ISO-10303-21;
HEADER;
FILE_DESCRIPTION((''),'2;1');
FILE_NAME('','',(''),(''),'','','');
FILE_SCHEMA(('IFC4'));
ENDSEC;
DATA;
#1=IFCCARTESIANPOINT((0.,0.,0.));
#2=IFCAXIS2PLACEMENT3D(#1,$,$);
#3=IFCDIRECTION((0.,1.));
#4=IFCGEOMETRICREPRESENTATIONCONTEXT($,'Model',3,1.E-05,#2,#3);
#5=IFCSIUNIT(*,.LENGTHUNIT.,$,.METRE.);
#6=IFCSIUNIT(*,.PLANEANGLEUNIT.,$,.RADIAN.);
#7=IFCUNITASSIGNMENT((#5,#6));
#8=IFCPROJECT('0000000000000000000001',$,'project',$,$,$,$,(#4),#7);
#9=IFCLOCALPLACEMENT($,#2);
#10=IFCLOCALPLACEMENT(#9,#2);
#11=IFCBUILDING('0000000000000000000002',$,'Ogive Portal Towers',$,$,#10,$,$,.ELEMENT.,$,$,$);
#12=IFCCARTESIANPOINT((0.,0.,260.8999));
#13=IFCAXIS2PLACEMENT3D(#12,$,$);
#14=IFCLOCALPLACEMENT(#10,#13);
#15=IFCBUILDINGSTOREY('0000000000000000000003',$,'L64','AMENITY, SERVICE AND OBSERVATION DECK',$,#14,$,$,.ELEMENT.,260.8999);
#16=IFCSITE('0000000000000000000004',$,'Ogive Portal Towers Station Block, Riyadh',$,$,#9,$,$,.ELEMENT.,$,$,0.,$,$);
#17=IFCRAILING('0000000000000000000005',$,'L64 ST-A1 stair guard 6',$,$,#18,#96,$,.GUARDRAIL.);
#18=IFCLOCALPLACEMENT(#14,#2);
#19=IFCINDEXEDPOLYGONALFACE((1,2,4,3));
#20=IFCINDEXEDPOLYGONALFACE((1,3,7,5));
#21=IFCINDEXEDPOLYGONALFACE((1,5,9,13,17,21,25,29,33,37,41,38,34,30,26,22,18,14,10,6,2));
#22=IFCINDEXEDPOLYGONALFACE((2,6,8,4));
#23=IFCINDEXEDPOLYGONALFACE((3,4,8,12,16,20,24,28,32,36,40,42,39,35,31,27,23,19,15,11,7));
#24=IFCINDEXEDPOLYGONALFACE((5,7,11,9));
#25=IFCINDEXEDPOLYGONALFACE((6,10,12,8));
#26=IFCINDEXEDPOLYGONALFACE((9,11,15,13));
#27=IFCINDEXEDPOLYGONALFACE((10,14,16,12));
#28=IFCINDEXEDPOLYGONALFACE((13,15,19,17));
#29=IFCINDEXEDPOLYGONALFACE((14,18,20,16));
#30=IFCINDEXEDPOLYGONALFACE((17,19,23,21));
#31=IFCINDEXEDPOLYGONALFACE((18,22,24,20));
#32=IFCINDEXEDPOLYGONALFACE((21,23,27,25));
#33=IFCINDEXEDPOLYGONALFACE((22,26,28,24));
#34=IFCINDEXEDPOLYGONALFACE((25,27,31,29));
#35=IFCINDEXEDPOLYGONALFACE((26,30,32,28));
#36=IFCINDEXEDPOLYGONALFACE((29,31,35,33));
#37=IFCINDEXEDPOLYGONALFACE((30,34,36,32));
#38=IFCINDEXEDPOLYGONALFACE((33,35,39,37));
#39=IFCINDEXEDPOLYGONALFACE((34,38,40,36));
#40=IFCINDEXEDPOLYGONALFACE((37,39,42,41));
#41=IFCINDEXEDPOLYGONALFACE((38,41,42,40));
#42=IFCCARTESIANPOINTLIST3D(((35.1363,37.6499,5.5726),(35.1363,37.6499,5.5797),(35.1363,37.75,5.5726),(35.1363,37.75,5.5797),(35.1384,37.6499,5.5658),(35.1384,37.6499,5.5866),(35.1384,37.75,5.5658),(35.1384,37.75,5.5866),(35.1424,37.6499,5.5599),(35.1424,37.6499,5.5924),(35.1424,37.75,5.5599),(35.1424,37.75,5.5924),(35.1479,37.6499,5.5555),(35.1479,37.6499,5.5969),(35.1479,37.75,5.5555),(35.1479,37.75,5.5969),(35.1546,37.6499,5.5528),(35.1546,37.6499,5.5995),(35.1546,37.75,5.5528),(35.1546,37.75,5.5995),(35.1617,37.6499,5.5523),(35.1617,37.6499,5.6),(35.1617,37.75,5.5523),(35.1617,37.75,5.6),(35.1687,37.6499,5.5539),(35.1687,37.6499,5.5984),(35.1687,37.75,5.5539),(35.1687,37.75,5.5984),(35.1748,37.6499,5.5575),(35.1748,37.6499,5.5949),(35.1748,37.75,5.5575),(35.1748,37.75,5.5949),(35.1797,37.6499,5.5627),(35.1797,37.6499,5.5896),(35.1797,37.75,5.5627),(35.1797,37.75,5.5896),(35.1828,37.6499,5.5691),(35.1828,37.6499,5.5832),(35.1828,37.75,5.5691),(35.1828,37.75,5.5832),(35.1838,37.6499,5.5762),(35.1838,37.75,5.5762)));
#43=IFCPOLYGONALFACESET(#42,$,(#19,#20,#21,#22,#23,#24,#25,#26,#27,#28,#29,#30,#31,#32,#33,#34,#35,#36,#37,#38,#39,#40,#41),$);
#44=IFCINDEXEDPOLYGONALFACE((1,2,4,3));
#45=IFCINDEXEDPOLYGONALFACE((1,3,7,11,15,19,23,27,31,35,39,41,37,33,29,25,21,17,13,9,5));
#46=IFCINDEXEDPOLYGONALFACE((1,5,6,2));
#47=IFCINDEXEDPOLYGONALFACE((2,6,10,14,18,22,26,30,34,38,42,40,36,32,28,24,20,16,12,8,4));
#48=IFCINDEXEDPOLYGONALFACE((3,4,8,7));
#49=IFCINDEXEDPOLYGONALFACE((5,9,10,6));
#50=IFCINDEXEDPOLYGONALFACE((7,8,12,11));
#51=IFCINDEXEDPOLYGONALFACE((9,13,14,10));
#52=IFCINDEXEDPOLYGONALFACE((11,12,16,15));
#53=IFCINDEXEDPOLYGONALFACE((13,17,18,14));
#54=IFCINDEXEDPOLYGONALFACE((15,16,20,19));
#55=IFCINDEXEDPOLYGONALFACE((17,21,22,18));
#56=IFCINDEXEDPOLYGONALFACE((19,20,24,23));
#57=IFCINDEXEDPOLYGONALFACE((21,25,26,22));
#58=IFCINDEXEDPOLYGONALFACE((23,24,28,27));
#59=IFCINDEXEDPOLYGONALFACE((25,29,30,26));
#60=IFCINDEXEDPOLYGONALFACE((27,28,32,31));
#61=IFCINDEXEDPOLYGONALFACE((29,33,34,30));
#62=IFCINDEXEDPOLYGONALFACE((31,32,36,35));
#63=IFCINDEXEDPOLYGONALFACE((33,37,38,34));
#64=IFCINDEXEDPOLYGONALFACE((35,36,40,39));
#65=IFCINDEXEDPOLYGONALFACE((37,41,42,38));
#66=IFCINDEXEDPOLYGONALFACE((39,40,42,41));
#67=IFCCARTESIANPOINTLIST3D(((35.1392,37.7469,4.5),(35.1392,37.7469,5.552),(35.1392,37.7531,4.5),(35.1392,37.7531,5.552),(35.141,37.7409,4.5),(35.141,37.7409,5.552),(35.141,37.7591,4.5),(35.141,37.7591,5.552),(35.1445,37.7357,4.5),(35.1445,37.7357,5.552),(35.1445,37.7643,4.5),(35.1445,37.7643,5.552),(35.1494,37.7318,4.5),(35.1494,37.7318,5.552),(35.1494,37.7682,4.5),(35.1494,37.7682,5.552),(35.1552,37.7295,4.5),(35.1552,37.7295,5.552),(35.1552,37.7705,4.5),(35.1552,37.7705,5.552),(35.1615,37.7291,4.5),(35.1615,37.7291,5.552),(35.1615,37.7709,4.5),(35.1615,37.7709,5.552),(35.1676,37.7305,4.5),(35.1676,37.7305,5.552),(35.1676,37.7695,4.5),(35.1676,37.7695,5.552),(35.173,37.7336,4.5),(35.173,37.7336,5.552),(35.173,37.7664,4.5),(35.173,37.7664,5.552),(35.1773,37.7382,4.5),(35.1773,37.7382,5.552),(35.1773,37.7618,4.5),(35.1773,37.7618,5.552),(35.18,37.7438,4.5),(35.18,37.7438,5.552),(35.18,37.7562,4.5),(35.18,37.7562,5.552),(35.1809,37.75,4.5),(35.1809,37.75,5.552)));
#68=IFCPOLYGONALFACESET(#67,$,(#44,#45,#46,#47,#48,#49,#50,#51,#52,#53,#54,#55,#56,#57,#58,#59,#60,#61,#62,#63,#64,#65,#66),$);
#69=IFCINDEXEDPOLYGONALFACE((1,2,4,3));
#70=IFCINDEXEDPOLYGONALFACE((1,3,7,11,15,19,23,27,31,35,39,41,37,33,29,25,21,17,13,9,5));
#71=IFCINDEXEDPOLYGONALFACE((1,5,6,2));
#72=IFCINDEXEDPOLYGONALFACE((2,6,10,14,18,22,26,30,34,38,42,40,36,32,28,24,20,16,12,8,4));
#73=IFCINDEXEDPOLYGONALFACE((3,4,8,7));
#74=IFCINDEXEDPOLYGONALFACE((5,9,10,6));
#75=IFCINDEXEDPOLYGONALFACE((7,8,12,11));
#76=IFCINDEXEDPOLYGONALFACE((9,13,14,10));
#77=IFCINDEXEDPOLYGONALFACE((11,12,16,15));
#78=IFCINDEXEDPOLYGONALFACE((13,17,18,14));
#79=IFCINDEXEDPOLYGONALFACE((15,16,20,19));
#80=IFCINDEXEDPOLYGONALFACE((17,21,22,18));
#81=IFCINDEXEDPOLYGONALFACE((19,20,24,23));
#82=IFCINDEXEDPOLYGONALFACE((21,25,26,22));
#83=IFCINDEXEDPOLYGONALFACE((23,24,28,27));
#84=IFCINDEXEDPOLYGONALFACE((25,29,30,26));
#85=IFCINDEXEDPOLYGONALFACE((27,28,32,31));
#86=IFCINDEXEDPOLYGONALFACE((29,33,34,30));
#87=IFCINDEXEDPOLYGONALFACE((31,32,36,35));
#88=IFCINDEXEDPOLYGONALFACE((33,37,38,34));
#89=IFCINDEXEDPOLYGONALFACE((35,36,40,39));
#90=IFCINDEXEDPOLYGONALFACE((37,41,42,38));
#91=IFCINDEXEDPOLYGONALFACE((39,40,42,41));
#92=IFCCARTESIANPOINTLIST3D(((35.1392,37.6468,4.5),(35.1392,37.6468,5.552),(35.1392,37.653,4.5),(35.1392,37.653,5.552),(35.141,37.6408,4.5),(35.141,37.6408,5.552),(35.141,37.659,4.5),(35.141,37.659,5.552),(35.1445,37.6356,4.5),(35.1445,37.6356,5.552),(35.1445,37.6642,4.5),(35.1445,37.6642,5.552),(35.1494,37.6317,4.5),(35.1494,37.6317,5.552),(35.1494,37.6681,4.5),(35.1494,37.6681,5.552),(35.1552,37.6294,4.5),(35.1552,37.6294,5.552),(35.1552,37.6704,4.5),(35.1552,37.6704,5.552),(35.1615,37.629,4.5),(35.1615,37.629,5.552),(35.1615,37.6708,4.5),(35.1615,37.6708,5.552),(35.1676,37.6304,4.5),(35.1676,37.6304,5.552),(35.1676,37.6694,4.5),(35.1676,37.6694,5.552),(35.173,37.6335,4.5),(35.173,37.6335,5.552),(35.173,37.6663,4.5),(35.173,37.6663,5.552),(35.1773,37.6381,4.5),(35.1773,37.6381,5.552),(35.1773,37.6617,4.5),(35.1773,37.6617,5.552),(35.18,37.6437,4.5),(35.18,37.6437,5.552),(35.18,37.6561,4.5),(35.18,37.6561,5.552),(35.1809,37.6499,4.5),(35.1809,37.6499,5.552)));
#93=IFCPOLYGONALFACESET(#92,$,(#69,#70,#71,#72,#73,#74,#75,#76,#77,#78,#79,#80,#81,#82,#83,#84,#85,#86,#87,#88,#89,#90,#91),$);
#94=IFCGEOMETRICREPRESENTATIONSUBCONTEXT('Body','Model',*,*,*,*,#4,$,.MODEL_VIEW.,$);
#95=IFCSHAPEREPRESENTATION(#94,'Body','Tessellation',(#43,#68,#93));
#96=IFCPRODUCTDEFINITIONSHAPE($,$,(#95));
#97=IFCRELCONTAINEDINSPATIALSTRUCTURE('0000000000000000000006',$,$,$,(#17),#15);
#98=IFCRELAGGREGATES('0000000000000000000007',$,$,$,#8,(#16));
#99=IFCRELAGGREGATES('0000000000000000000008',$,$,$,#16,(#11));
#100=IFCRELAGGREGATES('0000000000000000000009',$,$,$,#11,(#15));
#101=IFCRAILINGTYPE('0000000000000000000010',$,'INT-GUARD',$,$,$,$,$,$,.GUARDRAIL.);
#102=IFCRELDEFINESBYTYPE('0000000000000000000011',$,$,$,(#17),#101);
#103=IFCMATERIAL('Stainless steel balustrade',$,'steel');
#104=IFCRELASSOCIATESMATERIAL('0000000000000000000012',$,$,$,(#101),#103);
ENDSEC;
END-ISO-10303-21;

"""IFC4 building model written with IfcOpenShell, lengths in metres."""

from ifc_helpers import new_model, si_unit, direction, frame, origin, origin_2d, place, context, subcontext, project, spatial, circle, extrude, material, type_object, element, save


model = new_model("IFC4")

# Units and contexts
model_context = context("Model", 3, precision=1e-05, world=origin(), true_north=direction((0.0, 1.0)))
body_context = subcontext(model_context, "Body", "Model", "MODEL_VIEW")
ifc_project = project(units=[si_unit("LENGTHUNIT", "METRE"), si_unit("PLANEANGLEUNIT", "RADIAN")], contexts=[model_context])

# Site, building, storey
site_placement = place(None, origin())
site = spatial("IfcSite", under=ifc_project, at=site_placement, Name="Ogive Portal Towers Station Block, Riyadh", CompositionType="ELEMENT", RefElevation=0.0)
building_placement = place(site_placement, origin())
building = spatial("IfcBuilding", under=site, at=building_placement, Name="Ogive Portal Towers", CompositionType="ELEMENT")
storey_placement = place(building_placement, frame((0.0, 0.0, 260.8999)))
storey = spatial("IfcBuildingStorey", under=building, at=storey_placement, Name="L64", Description="AMENITY, SERVICE AND OBSERVATION DECK", CompositionType="ELEMENT", Elevation=260.8999)

# Railing
ifc_material_1 = material(Name="Stainless steel balustrade", Category="steel")
railing_type_1 = type_object("IfcRailingType", Name="INT-GUARD", PredefinedType="GUARDRAIL", material=ifc_material_1)
railing_1_placement = place(storey_placement, frame((35.1599, 37.75, 4.5)))
element("IfcRailing", 1, at=railing_1_placement, inside=storey, type_object=railing_type_1, Name="L64 ST-A1 stair guard 6", PredefinedType="GUARDRAIL", context=body_context, shape_type="SweptSolid", body=[
    extrude(circle(Radius=0.0239, at=origin_2d()), frame((0.0, 0.0, 1.0762), z_axis=(0.0, -1.0, 0.0), x_axis=(1.0, 0.0, 0.0)), (0.0, 0.0, 1.0), 0.1001),
    extrude(circle(Radius=0.021, at=origin_2d()), origin(), (0.0, 0.0, 1.0), 1.052),
    extrude(circle(Radius=0.021, at=origin_2d()), frame((0.0, -0.1001, 0.0)), (0.0, 0.0, 1.0), 1.052),
])

save(model, "model.ifc")
